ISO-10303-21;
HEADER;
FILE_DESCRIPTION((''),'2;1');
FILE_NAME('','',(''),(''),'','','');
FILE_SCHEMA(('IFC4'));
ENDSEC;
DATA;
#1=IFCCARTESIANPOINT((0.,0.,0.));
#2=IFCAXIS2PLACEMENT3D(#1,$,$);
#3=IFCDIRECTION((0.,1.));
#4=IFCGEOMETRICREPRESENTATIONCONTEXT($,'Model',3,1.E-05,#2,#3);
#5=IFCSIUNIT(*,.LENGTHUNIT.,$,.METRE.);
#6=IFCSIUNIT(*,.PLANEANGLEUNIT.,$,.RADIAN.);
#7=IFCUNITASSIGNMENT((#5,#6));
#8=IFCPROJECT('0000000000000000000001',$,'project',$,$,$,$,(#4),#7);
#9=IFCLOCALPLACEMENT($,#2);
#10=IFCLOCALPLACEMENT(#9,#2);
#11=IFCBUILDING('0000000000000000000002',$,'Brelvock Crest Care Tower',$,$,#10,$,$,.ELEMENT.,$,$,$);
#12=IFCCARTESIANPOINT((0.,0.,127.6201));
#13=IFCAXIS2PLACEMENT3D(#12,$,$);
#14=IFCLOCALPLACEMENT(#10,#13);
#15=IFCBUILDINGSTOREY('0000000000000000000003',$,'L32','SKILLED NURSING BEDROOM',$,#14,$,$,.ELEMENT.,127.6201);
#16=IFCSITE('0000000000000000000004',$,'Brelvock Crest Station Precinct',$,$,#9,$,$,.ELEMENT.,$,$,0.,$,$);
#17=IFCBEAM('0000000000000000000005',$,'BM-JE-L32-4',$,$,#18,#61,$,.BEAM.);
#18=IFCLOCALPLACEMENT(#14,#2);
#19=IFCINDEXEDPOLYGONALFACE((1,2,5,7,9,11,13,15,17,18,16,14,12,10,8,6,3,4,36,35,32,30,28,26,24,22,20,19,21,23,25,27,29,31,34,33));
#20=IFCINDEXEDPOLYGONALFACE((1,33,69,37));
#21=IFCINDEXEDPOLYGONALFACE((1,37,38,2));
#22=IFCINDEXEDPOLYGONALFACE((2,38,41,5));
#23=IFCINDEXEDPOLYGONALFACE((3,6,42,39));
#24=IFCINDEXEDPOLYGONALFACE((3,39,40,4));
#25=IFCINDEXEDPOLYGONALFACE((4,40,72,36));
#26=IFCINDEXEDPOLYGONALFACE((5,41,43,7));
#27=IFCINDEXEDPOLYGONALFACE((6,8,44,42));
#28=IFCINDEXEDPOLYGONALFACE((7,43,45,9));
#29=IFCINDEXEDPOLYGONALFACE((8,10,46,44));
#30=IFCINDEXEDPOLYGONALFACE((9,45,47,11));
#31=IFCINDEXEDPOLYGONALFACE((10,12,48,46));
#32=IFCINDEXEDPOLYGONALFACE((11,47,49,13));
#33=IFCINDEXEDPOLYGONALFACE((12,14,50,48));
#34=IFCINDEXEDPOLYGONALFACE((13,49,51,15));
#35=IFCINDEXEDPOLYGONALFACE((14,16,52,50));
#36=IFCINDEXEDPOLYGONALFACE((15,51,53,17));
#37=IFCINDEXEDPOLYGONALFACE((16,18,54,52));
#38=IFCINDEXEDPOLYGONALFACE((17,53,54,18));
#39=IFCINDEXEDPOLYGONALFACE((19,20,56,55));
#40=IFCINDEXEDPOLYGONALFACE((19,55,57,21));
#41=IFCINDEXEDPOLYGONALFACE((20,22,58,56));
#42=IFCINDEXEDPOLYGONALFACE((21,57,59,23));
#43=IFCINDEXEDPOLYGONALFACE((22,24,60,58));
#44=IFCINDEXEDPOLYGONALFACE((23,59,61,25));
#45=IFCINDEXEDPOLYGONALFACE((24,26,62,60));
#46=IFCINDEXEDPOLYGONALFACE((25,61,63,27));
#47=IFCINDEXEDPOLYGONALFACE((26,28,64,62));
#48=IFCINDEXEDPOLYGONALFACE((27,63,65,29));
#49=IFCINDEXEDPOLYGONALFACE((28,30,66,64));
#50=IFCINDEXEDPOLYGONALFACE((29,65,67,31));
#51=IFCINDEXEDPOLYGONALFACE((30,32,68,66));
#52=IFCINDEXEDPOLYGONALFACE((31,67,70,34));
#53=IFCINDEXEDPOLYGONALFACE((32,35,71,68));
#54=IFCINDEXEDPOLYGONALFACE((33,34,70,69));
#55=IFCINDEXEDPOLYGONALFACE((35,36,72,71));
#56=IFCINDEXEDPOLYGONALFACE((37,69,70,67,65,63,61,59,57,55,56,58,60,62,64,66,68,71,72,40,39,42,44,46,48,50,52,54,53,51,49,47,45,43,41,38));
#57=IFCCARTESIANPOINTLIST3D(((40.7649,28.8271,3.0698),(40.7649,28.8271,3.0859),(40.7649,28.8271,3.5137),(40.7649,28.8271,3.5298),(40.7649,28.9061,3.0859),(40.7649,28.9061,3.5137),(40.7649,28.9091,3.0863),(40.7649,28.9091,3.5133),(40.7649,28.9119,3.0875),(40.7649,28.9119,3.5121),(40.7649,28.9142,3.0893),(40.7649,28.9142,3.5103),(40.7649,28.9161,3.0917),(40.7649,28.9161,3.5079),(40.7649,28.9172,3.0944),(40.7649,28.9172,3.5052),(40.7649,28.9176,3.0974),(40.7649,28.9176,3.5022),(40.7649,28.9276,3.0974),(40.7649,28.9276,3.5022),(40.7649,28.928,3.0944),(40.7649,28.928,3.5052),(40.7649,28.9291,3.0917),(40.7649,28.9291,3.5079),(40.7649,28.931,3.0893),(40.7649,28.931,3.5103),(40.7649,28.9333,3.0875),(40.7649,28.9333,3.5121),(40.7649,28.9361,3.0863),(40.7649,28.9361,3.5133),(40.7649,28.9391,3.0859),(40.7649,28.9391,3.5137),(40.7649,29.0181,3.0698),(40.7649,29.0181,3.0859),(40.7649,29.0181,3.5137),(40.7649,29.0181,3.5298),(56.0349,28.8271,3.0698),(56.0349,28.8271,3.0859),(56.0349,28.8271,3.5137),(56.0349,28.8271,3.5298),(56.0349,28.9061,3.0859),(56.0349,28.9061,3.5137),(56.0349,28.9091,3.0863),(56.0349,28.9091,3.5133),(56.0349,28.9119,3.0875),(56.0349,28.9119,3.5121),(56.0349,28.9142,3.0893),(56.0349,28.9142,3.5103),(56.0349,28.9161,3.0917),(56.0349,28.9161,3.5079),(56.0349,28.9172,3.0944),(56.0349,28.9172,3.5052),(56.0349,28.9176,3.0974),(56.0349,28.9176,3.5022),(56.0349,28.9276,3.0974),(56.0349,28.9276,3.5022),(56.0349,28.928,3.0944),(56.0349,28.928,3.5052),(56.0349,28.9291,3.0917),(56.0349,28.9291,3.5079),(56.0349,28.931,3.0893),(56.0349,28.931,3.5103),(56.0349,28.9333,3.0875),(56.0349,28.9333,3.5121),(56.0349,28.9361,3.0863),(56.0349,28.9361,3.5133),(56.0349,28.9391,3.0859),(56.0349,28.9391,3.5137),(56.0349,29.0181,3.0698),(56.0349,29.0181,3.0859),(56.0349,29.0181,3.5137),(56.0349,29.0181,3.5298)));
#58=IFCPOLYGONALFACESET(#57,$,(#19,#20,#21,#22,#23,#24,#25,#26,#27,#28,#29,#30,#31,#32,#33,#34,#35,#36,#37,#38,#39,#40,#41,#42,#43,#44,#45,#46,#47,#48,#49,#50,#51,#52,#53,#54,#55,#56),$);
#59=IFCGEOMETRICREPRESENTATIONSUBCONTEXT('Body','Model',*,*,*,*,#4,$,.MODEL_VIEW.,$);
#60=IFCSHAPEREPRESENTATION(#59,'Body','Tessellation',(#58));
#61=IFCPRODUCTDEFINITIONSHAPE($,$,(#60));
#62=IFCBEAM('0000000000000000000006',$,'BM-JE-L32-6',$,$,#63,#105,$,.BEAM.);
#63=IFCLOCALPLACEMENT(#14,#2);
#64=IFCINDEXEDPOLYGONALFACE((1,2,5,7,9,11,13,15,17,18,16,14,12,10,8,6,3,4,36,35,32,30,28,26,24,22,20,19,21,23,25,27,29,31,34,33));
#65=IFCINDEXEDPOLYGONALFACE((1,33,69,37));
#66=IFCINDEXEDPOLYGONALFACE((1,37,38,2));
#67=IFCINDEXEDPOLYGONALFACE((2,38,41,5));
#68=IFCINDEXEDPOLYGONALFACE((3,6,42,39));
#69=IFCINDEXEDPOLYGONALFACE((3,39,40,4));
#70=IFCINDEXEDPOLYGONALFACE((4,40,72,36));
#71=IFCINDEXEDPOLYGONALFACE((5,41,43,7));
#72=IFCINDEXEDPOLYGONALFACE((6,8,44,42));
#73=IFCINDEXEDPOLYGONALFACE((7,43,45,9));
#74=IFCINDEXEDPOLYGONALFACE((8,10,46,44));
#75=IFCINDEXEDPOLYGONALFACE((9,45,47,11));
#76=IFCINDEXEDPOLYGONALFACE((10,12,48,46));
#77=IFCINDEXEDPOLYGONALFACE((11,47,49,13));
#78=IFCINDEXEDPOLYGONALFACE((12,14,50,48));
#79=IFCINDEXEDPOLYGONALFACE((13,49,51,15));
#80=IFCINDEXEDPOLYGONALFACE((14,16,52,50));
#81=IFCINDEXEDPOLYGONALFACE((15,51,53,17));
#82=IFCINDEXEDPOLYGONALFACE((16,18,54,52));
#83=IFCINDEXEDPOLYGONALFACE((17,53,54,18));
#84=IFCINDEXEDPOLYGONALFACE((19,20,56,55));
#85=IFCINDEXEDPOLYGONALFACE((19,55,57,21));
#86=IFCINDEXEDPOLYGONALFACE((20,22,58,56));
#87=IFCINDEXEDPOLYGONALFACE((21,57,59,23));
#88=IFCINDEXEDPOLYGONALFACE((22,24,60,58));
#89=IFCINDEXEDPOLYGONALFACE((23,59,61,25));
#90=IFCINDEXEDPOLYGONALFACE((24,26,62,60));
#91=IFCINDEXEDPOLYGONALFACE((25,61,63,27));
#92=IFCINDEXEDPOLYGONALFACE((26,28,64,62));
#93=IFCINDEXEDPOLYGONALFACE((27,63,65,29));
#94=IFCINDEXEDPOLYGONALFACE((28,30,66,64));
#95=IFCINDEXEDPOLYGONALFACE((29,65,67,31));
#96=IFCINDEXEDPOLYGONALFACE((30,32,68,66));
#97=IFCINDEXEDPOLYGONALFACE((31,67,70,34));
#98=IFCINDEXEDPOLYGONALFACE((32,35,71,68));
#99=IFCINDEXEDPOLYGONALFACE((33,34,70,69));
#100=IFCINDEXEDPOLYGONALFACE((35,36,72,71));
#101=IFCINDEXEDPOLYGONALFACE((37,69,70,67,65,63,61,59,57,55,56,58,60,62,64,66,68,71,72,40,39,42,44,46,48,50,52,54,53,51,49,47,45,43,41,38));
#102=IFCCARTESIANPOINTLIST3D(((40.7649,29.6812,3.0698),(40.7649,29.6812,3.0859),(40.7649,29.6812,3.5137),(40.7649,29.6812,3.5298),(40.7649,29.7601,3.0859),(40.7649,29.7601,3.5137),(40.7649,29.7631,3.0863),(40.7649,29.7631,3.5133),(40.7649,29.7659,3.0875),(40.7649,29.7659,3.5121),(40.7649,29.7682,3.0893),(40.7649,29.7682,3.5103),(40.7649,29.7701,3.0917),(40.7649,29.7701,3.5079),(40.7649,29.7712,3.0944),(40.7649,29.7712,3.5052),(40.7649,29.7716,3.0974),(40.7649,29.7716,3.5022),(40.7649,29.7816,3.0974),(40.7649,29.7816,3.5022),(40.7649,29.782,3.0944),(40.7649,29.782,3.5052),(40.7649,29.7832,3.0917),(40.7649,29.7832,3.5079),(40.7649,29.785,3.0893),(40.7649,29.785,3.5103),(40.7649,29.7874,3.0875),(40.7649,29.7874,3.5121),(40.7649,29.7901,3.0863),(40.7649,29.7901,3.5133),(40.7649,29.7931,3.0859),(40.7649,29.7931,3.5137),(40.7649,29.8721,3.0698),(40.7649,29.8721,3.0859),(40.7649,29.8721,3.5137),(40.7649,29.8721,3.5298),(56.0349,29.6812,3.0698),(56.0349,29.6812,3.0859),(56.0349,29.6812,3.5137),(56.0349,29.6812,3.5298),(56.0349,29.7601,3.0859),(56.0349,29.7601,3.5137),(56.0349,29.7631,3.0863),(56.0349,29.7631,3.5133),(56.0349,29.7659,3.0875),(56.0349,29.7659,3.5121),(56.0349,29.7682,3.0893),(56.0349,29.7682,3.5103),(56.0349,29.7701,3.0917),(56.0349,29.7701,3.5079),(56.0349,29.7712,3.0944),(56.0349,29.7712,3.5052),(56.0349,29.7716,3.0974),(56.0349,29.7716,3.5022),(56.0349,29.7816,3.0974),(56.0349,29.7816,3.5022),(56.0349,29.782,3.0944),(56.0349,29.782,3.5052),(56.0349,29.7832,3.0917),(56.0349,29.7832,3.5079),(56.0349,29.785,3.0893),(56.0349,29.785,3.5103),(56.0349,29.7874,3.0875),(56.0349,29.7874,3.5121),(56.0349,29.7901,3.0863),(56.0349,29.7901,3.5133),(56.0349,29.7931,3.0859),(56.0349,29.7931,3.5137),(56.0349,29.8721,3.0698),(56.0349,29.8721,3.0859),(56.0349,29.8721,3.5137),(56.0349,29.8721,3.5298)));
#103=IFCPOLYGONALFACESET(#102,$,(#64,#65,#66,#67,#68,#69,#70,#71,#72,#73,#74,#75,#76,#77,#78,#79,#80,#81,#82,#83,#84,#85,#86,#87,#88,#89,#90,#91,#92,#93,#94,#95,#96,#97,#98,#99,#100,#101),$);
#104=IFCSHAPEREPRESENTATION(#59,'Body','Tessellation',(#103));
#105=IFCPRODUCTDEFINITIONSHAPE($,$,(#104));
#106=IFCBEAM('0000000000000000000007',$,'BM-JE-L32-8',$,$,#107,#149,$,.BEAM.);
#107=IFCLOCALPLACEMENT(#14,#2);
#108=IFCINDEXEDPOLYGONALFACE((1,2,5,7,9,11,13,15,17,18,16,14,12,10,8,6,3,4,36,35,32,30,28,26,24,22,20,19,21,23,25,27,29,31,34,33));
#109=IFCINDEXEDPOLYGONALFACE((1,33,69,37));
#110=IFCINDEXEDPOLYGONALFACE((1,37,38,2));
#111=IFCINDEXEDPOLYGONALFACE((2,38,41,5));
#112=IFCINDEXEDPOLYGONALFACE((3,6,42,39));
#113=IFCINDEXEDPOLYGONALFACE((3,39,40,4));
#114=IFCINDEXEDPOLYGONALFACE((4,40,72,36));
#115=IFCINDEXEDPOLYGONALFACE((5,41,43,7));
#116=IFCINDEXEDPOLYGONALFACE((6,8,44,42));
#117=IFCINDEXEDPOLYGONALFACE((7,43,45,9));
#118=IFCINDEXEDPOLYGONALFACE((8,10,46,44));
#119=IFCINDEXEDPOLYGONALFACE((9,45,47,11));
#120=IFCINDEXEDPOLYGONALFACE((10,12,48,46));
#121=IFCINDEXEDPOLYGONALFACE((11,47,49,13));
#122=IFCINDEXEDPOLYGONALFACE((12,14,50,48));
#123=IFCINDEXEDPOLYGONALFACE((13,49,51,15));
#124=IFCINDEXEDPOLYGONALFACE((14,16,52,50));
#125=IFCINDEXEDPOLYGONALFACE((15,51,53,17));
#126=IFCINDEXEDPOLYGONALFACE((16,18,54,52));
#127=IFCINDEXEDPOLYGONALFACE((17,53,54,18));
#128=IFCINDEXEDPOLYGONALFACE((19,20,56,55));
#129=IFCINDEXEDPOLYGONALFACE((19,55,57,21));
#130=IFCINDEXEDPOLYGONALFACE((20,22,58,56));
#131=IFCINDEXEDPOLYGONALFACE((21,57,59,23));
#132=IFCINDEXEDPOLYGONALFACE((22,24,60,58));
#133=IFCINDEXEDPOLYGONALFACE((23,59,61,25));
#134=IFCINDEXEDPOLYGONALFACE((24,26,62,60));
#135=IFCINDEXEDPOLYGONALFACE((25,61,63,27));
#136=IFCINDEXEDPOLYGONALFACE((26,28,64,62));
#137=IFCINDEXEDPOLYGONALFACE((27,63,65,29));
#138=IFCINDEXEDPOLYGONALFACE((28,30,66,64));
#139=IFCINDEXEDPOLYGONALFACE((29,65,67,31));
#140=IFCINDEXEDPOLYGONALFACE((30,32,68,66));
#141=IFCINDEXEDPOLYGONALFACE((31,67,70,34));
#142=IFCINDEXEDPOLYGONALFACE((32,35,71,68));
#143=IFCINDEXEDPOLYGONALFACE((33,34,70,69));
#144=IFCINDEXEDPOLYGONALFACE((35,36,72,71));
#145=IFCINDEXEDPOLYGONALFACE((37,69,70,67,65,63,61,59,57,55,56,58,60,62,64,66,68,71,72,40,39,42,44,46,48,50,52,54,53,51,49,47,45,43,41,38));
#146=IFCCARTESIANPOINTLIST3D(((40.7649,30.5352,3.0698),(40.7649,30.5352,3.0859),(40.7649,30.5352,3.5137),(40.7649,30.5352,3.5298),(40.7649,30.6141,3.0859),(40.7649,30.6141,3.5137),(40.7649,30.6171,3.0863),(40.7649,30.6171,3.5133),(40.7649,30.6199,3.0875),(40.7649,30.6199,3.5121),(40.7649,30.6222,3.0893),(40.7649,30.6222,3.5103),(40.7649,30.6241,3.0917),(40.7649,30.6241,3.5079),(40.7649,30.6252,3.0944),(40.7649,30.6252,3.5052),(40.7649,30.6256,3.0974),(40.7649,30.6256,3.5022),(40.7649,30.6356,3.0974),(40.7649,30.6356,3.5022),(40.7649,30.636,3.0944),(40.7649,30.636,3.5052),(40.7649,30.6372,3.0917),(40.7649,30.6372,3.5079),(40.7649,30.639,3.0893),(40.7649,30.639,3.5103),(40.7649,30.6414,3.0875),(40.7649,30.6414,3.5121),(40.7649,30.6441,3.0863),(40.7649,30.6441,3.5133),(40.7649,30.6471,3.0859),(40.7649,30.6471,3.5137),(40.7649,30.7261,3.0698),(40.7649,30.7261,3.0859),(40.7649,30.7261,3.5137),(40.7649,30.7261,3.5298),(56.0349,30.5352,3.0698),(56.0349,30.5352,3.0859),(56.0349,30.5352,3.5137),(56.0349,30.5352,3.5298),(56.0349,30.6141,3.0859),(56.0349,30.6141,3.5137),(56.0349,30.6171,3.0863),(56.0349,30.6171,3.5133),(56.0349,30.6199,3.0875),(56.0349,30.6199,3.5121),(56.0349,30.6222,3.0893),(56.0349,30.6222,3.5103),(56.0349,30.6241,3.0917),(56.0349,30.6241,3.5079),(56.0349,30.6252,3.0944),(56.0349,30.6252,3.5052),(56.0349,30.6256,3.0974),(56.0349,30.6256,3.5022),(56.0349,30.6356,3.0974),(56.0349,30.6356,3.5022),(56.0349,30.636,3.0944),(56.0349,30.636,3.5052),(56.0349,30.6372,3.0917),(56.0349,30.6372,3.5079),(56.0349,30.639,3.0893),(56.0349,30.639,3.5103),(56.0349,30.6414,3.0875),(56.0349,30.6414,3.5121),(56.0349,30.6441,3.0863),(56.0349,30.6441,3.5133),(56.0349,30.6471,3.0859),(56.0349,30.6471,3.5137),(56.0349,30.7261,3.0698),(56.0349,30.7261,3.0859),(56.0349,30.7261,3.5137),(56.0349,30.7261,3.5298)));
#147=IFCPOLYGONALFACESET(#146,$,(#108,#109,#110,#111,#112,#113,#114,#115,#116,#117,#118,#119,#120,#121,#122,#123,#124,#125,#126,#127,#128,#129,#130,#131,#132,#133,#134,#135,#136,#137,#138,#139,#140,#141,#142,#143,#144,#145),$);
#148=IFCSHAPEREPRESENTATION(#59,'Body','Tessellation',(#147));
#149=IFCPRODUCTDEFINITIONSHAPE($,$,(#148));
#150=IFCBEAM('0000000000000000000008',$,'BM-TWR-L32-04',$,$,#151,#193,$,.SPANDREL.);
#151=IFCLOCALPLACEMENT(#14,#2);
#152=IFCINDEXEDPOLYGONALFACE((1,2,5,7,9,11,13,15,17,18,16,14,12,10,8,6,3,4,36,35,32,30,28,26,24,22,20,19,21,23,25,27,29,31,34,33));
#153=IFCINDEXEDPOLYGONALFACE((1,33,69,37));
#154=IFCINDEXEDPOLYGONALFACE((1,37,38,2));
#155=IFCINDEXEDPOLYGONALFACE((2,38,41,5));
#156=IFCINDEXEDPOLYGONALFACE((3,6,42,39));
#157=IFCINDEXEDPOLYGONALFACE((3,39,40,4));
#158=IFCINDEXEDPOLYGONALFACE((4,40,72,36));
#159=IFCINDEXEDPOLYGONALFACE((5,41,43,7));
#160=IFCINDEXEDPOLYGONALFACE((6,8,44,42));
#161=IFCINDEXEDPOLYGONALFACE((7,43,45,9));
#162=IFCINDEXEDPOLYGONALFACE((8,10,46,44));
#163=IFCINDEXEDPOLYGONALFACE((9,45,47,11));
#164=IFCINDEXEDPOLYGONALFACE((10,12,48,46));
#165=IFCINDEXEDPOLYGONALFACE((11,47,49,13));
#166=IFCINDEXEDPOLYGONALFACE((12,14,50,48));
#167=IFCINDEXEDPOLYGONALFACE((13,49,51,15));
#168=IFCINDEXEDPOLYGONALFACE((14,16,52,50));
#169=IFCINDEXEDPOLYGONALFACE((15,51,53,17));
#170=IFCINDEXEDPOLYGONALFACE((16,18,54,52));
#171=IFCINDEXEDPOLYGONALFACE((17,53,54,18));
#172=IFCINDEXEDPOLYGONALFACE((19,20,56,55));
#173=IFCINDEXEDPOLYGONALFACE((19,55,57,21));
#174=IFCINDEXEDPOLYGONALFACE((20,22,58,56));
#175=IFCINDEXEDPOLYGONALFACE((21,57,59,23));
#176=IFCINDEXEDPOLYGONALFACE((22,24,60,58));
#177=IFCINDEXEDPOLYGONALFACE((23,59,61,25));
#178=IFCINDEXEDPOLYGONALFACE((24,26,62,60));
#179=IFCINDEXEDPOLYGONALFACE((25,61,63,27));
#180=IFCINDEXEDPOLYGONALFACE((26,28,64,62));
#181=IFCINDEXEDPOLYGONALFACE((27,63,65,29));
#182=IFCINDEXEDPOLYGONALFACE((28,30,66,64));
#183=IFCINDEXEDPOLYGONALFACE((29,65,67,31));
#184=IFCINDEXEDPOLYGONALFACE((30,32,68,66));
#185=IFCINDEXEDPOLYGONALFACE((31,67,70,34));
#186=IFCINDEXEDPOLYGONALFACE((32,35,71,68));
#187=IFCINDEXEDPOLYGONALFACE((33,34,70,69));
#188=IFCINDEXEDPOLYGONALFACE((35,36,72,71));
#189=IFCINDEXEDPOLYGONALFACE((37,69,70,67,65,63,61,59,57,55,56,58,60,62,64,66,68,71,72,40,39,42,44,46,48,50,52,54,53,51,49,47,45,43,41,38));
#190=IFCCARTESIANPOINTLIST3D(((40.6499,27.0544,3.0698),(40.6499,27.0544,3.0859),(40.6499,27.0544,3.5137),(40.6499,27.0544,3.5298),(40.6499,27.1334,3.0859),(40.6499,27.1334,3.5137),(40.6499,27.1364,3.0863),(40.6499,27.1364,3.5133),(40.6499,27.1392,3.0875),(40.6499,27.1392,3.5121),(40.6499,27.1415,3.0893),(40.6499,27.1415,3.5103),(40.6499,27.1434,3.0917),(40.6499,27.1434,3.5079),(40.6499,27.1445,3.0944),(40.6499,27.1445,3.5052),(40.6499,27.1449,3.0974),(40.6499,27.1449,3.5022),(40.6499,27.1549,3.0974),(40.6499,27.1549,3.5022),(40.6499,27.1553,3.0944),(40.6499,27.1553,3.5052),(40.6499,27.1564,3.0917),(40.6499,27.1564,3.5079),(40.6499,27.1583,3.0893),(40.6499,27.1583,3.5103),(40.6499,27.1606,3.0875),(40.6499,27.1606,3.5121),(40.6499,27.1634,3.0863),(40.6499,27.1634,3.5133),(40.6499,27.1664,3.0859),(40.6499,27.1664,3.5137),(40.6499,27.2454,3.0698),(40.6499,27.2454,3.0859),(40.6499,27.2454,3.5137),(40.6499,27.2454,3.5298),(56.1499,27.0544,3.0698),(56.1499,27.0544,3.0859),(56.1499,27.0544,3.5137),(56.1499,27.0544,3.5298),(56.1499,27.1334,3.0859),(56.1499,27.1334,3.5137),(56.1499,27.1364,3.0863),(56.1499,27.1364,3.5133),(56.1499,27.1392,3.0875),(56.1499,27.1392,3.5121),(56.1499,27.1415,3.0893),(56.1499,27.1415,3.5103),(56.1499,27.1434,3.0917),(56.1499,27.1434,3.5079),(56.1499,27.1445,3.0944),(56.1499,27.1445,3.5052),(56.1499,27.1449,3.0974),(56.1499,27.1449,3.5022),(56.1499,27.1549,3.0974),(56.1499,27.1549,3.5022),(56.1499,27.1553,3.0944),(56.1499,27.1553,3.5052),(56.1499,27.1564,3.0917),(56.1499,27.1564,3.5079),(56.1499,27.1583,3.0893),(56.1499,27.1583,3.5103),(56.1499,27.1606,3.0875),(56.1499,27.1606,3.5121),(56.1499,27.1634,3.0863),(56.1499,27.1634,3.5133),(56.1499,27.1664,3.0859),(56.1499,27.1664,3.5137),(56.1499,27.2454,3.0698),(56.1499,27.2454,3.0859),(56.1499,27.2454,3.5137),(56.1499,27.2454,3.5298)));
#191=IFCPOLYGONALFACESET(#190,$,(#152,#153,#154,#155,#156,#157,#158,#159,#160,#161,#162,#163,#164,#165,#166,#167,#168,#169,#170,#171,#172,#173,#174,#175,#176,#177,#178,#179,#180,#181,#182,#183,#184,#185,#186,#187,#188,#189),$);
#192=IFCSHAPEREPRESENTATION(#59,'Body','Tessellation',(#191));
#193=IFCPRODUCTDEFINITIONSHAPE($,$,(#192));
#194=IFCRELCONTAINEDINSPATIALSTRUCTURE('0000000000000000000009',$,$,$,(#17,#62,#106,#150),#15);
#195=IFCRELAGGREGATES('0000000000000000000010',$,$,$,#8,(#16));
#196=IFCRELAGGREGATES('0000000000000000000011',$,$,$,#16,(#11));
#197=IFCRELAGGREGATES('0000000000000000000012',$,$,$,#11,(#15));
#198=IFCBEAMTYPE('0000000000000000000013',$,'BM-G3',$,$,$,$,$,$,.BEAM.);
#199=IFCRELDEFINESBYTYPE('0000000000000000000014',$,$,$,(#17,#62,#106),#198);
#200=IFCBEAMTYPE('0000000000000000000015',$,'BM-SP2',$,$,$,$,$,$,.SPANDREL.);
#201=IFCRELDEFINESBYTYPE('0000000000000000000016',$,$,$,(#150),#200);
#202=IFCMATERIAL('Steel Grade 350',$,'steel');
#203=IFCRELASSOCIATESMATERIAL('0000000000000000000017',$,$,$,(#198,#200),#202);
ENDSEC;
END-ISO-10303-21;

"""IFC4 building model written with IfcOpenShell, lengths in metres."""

from ifc_helpers import new_model, si_unit, direction, frame, origin, origin_2d, place, context, subcontext, project, spatial, i_section, extrude, source, transform, mapped, material, material_profile, profile_set, type_object, element, save


model = new_model("IFC4")

# Units and contexts
model_context = context("Model", 3, precision=1e-05, world=origin(), true_north=direction((0.0, 1.0)))
body_context = subcontext(model_context, "Body", "Model", "MODEL_VIEW")
ifc_project = project(units=[si_unit("LENGTHUNIT", "METRE"), si_unit("PLANEANGLEUNIT", "RADIAN")], contexts=[model_context])

# Site, building, storey
site_placement = place(None, origin())
site = spatial("IfcSite", under=ifc_project, at=site_placement, Name="Brelvock Crest Station Precinct", CompositionType="ELEMENT", RefElevation=0.0)
building_placement = place(site_placement, origin())
building = spatial("IfcBuilding", under=site, at=building_placement, Name="Brelvock Crest Care Tower", CompositionType="ELEMENT")
storey_placement = place(building_placement, frame((0.0, 0.0, 127.6201)))
storey = spatial("IfcBuildingStorey", under=building, at=storey_placement, Name="L32", Description="SKILLED NURSING BEDROOM", CompositionType="ELEMENT", Elevation=127.6201)

# Shared definitions
ifc_material_1 = material(Name="Steel Grade 350", Category="steel")

# Beams
ifc_material_profile_1 = material_profile(ifc_material_1, i_section(OverallWidth=0.1909, OverallDepth=0.46, WebThickness=0.01, FlangeThickness=0.0161, FilletRadius=0.0115, at=origin_2d()), Name="460UB82.1")
ifc_profile_set_1 = profile_set([ifc_material_profile_1], Name="Steel Grade 350")
beam_type_1 = type_object("IfcBeamType", Name="BM-G3", PredefinedType="BEAM", material=ifc_profile_set_1)
shared_shape_1 = source(origin(), body_context, "Body", "SweptSolid", [
    extrude(i_section(OverallWidth=0.1909, OverallDepth=0.46, WebThickness=0.01, FlangeThickness=0.0161, FilletRadius=0.0115, at=origin_2d()), origin(), (0.0, 0.0, 1.0), 15.27),
])
for number, where, z_axis, x_axis, name in (
    (1, (40.7649, 28.9226, 3.2998), (1.0, 0.0, 0.0), (0.0, 1.0, 0.0), "BM-JE-L32-4"),
    (2, (40.7649, 29.7766, 3.2998), (1.0, 0.0, 0.0), (0.0, 1.0, 0.0), "BM-JE-L32-6"),
    (3, (40.7649, 30.6306, 3.2998), (1.0, 0.0, 0.0), (0.0, 1.0, 0.0), "BM-JE-L32-8"),
):
    element("IfcBeam", number, at=place(storey_placement, frame(where, z_axis=z_axis, x_axis=x_axis)), inside=storey, type_object=beam_type_1, Name=name, PredefinedType="BEAM", context=body_context, shape_type="MappedRepresentation", body=[
        mapped(shared_shape_1, transform((0.0, 0.0, 0.0), x_axis=(1.0, 0.0, 0.0), y_axis=(0.0, 1.0, 0.0), z_axis=(0.0, 0.0, 1.0), scale=1.0)),
    ])
ifc_material_profile_2 = material_profile(ifc_material_1, i_section(OverallWidth=0.1909, OverallDepth=0.46, WebThickness=0.01, FlangeThickness=0.0161, FilletRadius=0.0115, at=origin_2d()), Name="460UB82.1")
ifc_profile_set_2 = profile_set([ifc_material_profile_2], Name="Steel Grade 350")
beam_type_2 = type_object("IfcBeamType", Name="BM-SP2", PredefinedType="SPANDREL", material=ifc_profile_set_2)
shared_shape_2 = source(origin(), body_context, "Body", "SweptSolid", [
    extrude(i_section(OverallWidth=0.1909, OverallDepth=0.46, WebThickness=0.01, FlangeThickness=0.0161, FilletRadius=0.0115, at=origin_2d()), origin(), (0.0, 0.0, 1.0), 15.5),
])
beam_1_placement = place(storey_placement, frame((40.6499, 27.1499, 3.2998), z_axis=(1.0, 0.0, 0.0), x_axis=(0.0, 1.0, 0.0)))
element("IfcBeam", 4, at=beam_1_placement, inside=storey, type_object=beam_type_2, Name="BM-TWR-L32-04", PredefinedType="SPANDREL", context=body_context, shape_type="MappedRepresentation", body=[
    mapped(shared_shape_2, transform((0.0, 0.0, 0.0), x_axis=(1.0, 0.0, 0.0), y_axis=(0.0, 1.0, 0.0), z_axis=(0.0, 0.0, 1.0), scale=1.0)),
])

save(model, "model.ifc")
